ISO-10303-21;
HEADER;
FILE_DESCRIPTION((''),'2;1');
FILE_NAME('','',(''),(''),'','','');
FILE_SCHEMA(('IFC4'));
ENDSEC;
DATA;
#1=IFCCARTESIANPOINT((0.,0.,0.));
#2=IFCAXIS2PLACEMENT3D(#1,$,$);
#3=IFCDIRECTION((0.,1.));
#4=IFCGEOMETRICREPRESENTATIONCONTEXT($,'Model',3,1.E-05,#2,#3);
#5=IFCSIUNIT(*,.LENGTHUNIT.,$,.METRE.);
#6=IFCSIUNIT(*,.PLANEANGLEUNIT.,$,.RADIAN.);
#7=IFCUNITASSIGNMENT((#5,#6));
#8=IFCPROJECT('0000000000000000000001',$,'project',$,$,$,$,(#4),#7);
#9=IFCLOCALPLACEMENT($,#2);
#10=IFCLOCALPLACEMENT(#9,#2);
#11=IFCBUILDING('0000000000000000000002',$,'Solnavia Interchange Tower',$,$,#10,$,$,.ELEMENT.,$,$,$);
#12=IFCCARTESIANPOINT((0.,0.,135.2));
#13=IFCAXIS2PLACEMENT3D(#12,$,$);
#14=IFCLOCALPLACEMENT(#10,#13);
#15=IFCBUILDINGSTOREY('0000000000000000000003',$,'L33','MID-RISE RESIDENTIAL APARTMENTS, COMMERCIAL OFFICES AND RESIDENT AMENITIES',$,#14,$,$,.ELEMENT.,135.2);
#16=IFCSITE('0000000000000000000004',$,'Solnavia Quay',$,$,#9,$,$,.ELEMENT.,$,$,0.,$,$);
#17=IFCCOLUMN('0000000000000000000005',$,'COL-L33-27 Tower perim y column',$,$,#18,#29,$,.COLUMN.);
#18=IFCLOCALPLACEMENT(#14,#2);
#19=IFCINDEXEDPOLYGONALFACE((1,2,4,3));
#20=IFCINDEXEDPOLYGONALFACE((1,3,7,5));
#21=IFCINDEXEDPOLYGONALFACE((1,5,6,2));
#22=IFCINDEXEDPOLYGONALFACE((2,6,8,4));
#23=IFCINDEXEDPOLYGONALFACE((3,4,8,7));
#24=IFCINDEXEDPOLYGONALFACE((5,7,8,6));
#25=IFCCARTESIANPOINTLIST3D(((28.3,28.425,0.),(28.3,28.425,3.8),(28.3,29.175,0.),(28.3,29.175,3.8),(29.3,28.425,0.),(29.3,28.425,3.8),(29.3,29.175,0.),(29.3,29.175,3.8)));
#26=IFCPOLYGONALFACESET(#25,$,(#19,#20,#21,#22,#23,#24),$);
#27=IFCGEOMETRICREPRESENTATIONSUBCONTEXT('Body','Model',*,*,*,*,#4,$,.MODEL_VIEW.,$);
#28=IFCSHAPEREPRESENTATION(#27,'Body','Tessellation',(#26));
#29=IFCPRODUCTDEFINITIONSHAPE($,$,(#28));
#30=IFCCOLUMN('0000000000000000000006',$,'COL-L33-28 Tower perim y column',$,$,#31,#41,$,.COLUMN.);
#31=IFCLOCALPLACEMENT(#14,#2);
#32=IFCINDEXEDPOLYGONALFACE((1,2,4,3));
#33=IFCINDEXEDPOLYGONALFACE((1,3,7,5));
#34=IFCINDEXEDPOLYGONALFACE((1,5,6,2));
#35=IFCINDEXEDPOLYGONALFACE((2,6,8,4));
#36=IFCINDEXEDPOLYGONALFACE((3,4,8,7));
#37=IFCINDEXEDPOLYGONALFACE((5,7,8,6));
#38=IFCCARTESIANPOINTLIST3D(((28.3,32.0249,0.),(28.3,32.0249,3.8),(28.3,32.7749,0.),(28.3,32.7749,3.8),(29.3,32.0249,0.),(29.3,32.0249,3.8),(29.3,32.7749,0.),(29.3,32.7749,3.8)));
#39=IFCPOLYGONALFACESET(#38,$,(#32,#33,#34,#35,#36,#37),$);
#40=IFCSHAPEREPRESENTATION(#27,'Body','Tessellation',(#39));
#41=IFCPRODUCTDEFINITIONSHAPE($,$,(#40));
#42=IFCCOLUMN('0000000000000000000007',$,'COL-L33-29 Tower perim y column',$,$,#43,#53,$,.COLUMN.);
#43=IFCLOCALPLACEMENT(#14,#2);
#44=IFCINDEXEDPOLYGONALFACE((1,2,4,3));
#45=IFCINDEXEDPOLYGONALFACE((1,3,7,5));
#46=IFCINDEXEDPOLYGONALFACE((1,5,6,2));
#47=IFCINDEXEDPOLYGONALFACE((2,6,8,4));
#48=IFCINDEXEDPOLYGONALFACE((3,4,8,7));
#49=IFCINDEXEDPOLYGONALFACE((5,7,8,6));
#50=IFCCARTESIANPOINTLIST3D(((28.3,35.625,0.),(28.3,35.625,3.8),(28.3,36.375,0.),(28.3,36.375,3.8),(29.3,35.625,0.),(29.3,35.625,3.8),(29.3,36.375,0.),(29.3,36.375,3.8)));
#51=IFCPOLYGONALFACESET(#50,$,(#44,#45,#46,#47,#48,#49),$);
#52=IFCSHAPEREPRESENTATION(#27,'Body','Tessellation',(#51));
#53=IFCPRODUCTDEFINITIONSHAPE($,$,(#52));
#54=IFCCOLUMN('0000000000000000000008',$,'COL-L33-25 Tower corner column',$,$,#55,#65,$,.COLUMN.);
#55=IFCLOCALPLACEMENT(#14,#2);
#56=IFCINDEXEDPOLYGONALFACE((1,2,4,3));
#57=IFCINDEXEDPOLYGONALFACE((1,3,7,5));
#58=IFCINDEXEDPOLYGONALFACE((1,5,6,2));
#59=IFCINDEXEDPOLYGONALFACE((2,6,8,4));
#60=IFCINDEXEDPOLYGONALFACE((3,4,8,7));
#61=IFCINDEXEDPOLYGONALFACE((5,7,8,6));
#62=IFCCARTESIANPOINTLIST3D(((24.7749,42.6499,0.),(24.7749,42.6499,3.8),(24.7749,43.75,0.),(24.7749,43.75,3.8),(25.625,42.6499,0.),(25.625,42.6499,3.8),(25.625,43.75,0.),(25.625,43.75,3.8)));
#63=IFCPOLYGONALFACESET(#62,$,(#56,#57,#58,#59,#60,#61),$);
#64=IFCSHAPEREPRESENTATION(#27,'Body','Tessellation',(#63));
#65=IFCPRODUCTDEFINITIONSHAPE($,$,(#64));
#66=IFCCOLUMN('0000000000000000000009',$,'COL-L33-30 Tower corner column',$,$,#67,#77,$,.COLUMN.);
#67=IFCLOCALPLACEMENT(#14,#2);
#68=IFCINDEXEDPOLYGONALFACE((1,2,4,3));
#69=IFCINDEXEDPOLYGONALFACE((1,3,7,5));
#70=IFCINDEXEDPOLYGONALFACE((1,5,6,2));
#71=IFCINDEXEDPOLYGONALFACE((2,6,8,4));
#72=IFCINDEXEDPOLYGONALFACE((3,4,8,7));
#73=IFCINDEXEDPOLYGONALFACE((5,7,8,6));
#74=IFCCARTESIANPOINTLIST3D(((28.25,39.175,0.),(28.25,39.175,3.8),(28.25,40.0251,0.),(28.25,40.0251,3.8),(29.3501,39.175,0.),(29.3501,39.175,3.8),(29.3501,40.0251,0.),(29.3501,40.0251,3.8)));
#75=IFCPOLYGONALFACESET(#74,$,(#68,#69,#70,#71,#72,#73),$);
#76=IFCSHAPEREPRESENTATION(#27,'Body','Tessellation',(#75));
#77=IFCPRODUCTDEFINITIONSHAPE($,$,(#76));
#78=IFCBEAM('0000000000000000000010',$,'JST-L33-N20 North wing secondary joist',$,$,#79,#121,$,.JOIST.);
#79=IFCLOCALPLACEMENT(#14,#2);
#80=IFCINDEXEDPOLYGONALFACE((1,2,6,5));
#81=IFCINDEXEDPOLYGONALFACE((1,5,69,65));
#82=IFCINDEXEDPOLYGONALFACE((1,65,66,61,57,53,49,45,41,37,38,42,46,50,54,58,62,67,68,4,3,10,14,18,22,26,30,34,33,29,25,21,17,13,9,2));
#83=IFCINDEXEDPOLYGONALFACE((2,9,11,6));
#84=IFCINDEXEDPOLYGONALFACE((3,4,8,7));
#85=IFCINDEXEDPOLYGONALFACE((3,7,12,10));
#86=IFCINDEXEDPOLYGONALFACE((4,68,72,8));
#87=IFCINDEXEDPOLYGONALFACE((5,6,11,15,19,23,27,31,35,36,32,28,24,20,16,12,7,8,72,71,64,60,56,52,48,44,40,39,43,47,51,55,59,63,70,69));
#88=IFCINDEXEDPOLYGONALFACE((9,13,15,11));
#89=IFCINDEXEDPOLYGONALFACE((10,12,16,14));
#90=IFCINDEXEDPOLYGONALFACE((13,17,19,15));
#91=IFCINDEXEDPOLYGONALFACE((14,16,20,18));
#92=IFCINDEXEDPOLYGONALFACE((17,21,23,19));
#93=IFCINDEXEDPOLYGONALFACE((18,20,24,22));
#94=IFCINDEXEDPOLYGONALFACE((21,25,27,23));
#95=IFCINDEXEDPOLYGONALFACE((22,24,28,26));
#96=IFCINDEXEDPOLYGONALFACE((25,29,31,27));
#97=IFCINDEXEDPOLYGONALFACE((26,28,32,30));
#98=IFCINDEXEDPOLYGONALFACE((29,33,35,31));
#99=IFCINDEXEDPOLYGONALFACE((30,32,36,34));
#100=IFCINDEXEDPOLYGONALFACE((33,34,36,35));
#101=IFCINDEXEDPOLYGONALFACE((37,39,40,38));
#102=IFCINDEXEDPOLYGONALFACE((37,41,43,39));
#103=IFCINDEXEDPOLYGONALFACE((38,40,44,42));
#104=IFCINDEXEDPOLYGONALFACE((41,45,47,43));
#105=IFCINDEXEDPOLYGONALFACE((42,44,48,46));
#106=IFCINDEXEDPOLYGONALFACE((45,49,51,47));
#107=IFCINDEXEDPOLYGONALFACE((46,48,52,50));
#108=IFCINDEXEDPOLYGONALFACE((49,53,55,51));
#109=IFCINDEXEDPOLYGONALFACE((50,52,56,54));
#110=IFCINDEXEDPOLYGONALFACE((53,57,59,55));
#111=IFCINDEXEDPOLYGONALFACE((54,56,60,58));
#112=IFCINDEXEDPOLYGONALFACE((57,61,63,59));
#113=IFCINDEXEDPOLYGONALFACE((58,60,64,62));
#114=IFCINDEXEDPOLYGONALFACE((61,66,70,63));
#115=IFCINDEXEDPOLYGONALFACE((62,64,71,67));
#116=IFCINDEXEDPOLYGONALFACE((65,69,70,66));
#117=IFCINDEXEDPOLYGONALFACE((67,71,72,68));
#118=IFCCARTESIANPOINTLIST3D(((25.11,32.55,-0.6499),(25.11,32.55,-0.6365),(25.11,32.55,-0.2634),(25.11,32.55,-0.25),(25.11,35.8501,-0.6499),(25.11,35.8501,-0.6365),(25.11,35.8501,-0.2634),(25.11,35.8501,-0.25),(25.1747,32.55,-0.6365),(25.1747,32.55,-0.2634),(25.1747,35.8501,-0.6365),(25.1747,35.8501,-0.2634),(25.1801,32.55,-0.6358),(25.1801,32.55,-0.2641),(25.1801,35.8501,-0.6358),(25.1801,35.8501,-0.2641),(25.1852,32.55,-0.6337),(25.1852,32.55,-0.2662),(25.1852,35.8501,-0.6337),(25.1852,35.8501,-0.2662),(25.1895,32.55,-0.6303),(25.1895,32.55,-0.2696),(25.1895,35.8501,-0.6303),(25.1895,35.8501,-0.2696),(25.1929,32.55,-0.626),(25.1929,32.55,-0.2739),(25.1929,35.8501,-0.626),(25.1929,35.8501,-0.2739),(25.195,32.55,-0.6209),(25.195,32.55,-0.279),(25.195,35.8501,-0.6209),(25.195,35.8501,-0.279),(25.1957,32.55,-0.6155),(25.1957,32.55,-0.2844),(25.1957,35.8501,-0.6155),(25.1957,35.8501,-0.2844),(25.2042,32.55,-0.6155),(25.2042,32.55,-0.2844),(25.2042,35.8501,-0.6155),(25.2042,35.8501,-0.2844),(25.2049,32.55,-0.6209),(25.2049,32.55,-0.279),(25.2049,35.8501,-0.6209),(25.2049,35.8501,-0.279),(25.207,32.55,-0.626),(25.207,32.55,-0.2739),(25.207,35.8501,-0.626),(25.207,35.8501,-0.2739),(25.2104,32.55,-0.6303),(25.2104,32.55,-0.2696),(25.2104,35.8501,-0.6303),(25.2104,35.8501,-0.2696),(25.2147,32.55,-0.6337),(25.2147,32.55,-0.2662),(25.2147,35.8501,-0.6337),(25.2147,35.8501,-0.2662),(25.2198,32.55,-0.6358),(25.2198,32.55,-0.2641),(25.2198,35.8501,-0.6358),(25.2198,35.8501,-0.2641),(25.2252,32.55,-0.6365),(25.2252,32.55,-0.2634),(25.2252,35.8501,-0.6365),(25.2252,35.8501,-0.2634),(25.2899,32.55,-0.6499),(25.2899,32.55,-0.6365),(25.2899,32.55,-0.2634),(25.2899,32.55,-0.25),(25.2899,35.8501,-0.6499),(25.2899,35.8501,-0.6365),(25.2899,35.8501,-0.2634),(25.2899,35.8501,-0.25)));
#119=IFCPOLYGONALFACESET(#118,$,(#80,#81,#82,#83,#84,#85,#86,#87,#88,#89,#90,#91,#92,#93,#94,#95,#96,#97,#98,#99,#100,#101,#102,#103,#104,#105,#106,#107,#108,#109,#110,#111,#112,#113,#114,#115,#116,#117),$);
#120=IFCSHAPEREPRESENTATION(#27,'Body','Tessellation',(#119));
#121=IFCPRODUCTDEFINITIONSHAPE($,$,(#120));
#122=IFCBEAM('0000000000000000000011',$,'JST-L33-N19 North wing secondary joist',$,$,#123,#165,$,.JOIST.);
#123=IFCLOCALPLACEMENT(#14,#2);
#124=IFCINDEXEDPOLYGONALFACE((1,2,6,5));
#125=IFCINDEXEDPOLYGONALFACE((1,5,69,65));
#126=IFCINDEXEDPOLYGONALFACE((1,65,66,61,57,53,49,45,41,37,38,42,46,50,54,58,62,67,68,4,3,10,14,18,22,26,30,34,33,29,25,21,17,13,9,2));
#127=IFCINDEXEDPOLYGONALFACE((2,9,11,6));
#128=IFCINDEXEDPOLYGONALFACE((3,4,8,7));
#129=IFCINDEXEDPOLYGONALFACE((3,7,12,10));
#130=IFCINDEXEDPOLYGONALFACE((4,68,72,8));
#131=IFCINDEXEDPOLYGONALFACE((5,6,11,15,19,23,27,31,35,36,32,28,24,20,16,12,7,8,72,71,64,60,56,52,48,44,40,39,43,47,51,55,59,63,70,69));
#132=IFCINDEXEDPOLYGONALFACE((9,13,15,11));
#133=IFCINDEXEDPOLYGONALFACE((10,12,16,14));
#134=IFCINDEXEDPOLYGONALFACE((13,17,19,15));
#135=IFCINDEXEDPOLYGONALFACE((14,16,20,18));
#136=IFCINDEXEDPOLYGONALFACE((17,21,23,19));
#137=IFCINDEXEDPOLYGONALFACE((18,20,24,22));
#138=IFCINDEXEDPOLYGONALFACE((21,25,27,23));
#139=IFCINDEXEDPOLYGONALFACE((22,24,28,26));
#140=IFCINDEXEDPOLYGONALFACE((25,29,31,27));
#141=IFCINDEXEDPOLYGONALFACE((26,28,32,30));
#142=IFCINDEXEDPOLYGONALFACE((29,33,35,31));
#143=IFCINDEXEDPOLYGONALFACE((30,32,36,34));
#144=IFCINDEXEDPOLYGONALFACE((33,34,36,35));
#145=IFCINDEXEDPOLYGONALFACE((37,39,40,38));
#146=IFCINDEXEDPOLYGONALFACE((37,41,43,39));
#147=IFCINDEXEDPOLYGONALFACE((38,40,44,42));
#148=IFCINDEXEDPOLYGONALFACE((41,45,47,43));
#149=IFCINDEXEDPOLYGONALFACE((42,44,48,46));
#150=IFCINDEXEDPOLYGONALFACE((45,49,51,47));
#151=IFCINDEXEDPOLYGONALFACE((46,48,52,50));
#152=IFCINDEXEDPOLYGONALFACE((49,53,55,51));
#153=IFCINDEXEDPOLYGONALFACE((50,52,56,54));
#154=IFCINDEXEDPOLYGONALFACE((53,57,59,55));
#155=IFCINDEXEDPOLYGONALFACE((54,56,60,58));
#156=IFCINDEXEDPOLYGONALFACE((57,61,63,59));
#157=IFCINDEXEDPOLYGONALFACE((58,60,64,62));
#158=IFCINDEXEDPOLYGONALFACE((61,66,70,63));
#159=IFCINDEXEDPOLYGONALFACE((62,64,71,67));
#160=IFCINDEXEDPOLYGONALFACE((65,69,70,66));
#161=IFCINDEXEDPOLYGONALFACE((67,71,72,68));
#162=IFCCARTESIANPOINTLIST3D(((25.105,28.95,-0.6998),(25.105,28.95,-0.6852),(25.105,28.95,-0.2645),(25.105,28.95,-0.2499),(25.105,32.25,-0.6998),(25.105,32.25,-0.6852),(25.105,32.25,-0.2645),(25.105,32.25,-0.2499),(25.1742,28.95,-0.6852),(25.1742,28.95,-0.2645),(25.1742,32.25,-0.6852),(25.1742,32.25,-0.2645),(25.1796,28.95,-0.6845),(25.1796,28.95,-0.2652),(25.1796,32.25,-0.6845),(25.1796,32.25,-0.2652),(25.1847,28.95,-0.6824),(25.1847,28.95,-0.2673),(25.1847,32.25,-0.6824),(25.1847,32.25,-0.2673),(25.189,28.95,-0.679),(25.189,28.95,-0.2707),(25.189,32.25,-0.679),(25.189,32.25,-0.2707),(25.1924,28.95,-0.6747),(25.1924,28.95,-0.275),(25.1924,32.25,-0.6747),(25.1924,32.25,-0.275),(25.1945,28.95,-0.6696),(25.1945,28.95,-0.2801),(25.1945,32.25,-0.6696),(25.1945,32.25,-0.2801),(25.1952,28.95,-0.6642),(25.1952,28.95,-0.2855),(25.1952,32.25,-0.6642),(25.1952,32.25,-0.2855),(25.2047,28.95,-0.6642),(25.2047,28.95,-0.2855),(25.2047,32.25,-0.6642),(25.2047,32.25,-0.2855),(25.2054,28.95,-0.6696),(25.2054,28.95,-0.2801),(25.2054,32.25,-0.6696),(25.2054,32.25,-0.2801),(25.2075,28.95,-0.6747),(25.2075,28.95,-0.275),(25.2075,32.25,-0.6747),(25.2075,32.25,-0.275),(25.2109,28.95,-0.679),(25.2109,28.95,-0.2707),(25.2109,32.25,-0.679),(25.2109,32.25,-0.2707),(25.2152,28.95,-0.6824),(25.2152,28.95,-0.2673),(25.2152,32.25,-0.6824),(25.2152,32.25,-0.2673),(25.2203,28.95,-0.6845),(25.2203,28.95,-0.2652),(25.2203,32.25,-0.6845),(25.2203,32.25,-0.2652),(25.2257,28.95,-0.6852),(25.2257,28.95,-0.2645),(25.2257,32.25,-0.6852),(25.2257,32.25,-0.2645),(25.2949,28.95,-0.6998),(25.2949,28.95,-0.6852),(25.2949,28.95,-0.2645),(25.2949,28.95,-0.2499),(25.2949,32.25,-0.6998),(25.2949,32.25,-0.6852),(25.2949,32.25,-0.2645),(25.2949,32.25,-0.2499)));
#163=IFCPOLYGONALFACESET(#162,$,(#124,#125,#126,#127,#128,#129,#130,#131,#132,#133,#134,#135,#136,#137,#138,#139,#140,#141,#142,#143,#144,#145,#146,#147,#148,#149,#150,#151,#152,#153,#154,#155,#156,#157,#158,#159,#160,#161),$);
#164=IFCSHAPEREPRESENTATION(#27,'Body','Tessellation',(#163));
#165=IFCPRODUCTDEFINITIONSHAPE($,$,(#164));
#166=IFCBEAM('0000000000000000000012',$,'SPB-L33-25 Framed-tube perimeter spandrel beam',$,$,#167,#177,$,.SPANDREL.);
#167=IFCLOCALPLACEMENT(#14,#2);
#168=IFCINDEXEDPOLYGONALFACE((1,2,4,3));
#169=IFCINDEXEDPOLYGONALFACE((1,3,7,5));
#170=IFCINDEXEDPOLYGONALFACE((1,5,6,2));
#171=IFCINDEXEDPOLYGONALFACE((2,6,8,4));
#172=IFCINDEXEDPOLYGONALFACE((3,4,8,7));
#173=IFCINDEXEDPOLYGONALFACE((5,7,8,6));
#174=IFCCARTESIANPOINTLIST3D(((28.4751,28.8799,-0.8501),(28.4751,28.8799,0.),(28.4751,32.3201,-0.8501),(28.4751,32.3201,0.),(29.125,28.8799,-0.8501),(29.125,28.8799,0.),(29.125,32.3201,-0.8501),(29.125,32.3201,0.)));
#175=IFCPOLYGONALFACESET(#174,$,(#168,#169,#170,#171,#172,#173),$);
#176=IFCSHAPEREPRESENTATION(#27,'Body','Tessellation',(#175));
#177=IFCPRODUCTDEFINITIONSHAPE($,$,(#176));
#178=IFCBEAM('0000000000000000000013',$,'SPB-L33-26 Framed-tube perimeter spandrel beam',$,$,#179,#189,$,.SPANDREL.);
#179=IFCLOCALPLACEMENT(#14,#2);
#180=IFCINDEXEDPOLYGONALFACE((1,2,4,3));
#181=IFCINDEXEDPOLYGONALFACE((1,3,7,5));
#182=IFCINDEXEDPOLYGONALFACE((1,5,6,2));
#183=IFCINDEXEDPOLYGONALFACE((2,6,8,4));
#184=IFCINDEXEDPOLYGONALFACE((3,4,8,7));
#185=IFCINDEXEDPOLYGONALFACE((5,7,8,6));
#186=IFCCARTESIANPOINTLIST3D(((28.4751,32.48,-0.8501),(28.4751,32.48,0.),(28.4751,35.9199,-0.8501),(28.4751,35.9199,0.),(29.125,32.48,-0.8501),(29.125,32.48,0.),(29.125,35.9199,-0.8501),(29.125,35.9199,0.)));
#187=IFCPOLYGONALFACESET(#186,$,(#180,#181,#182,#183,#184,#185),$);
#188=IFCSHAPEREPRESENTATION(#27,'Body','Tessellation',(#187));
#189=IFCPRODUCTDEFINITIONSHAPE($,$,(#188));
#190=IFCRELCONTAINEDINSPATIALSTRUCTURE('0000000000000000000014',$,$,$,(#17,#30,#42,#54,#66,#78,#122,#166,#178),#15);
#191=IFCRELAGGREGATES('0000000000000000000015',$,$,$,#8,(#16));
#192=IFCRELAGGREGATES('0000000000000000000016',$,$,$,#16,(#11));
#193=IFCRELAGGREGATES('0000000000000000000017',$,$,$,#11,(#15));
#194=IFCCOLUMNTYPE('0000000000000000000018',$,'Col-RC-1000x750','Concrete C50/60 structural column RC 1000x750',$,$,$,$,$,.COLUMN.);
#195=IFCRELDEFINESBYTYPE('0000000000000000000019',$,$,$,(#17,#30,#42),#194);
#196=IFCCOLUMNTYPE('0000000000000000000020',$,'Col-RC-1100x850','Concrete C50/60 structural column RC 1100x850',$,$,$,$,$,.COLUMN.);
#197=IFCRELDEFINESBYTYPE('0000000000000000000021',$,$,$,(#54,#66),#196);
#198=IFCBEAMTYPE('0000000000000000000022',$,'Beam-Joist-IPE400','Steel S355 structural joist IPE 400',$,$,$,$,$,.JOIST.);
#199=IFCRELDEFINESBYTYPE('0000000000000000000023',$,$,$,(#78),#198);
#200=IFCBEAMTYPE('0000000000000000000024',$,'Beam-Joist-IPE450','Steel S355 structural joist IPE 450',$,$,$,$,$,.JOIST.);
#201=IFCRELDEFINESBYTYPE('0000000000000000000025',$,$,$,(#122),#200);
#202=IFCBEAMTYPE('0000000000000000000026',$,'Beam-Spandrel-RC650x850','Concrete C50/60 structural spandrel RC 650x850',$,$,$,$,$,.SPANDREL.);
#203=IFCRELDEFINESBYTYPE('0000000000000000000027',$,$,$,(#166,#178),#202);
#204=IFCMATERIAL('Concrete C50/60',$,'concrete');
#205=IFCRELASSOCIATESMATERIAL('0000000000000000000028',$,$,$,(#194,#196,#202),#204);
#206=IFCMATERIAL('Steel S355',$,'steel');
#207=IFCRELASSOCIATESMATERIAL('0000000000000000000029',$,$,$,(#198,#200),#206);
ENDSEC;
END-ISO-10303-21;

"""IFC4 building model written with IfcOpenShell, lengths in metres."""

from ifc_helpers import new_model, si_unit, direction, frame, origin, origin_2d, place, context, subcontext, project, spatial, rectangle, i_section, extrude, material, material_profile, profile_set, type_object, element, save


model = new_model("IFC4")

# Units and contexts
model_context = context("Model", 3, precision=1e-05, world=origin(), true_north=direction((0.0, 1.0)))
body_context = subcontext(model_context, "Body", "Model", "MODEL_VIEW")
ifc_project = project(units=[si_unit("LENGTHUNIT", "METRE"), si_unit("PLANEANGLEUNIT", "RADIAN")], contexts=[model_context])

# Site, building, storey
site_placement = place(None, origin())
site = spatial("IfcSite", under=ifc_project, at=site_placement, Name="Solnavia Quay", CompositionType="ELEMENT", RefElevation=0.0)
building_placement = place(site_placement, origin())
building = spatial("IfcBuilding", under=site, at=building_placement, Name="Solnavia Interchange Tower", CompositionType="ELEMENT")
storey_placement = place(building_placement, frame((0.0, 0.0, 135.2)))
storey = spatial("IfcBuildingStorey", under=building, at=storey_placement, Name="L33", Description="MID-RISE RESIDENTIAL APARTMENTS, COMMERCIAL OFFICES AND RESIDENT AMENITIES", CompositionType="ELEMENT", Elevation=135.2)

# Columns
ifc_material_1 = material(Name="Concrete C50/60", Category="concrete")
ifc_material_profile_1 = material_profile(ifc_material_1, rectangle(XDim=0.75, YDim=1.0, at=origin_2d()), Name="RC 1000x750")
ifc_profile_set_1 = profile_set([ifc_material_profile_1], Name="Concrete C50/60")
column_type_1 = type_object("IfcColumnType", Name="Col-RC-1000x750", Description="Concrete C50/60 structural column RC 1000x750", PredefinedType="COLUMN", material=ifc_profile_set_1)
for number, where, z_axis, x_axis, name in (
    (1, (28.8, 28.8, 0.0), (0.0, 0.0, 1.0), (0.0, 1.0, 0.0), "COL-L33-27 Tower perim y column"),
    (2, (28.8, 32.3999, 0.0), (0.0, 0.0, 1.0), (0.0, 1.0, 0.0), "COL-L33-28 Tower perim y column"),
    (3, (28.8, 36.0, 0.0), (0.0, 0.0, 1.0), (0.0, 1.0, 0.0), "COL-L33-29 Tower perim y column"),
):
    element("IfcColumn", number, at=place(storey_placement, frame(where, z_axis=z_axis, x_axis=x_axis)), inside=storey, type_object=column_type_1, Name=name, PredefinedType="COLUMN", context=body_context, shape_type="SweptSolid", body=[
        extrude(rectangle(XDim=0.75, YDim=1.0, at=origin_2d()), origin(), (0.0, 0.0, 1.0), 3.8),
    ])
ifc_material_profile_2 = material_profile(ifc_material_1, rectangle(XDim=0.8501, YDim=1.1001, at=origin_2d()), Name="RC 1100x850")
ifc_profile_set_2 = profile_set([ifc_material_profile_2], Name="Concrete C50/60")
column_type_2 = type_object("IfcColumnType", Name="Col-RC-1100x850", Description="Concrete C50/60 structural column RC 1100x850", PredefinedType="COLUMN", material=ifc_profile_set_2)
for number, where, z_axis, x_axis, name in (
    (4, (25.2, 43.2, 0.0), (0.0, 0.0, 1.0), (1.0, 0.0, 0.0), "COL-L33-25 Tower corner column"),
    (5, (28.8, 39.6001, 0.0), (0.0, 0.0, 1.0), (0.0, 1.0, 0.0), "COL-L33-30 Tower corner column"),
):
    element("IfcColumn", number, at=place(storey_placement, frame(where, z_axis=z_axis, x_axis=x_axis)), inside=storey, type_object=column_type_2, Name=name, PredefinedType="COLUMN", context=body_context, shape_type="SweptSolid", body=[
        extrude(rectangle(XDim=0.8501, YDim=1.1001, at=origin_2d()), origin(), (0.0, 0.0, 1.0), 3.8),
    ])

# Beams
ifc_material_2 = material(Name="Steel S355", Category="steel")
ifc_material_profile_3 = material_profile(ifc_material_2, i_section(OverallWidth=0.1799, OverallDepth=0.3999, WebThickness=0.0085, FlangeThickness=0.0134, FilletRadius=0.021, at=origin_2d()), Name="IPE 400")
ifc_profile_set_3 = profile_set([ifc_material_profile_3], Name="Steel S355")
beam_type_1 = type_object("IfcBeamType", Name="Beam-Joist-IPE400", Description="Steel S355 structural joist IPE 400", PredefinedType="JOIST", material=ifc_profile_set_3)
beam_1_placement = place(storey_placement, frame((25.2, 32.55, -0.45), z_axis=(0.0, 1.0, 0.0), x_axis=(-1.0, 0.0, 0.0)))
element("IfcBeam", 6, at=beam_1_placement, inside=storey, type_object=beam_type_1, Name="JST-L33-N20 North wing secondary joist", PredefinedType="JOIST", context=body_context, shape_type="SweptSolid", body=[
    extrude(i_section(OverallWidth=0.1799, OverallDepth=0.3999, WebThickness=0.0085, FlangeThickness=0.0134, FilletRadius=0.021, at=origin_2d()), origin(), (0.0, 0.0, 1.0), 3.3),
])
ifc_material_profile_4 = material_profile(ifc_material_2, i_section(OverallWidth=0.1899, OverallDepth=0.45, WebThickness=0.0095, FlangeThickness=0.0146, FilletRadius=0.021, at=origin_2d()), Name="IPE 450")
ifc_profile_set_4 = profile_set([ifc_material_profile_4], Name="Steel S355")
beam_type_2 = type_object("IfcBeamType", Name="Beam-Joist-IPE450", Description="Steel S355 structural joist IPE 450", PredefinedType="JOIST", material=ifc_profile_set_4)
beam_2_placement = place(storey_placement, frame((25.2, 28.95, -0.4749), z_axis=(0.0, 1.0, 0.0), x_axis=(-1.0, 0.0, 0.0)))
element("IfcBeam", 7, at=beam_2_placement, inside=storey, type_object=beam_type_2, Name="JST-L33-N19 North wing secondary joist", PredefinedType="JOIST", context=body_context, shape_type="SweptSolid", body=[
    extrude(i_section(OverallWidth=0.1899, OverallDepth=0.45, WebThickness=0.0095, FlangeThickness=0.0146, FilletRadius=0.021, at=origin_2d()), origin(), (0.0, 0.0, 1.0), 3.3),
])
ifc_material_profile_5 = material_profile(ifc_material_1, rectangle(XDim=0.6499, YDim=0.8501, at=origin_2d()), Name="RC 650x850")
ifc_profile_set_5 = profile_set([ifc_material_profile_5], Name="Concrete C50/60")
beam_type_3 = type_object("IfcBeamType", Name="Beam-Spandrel-RC650x850", Description="Concrete C50/60 structural spandrel RC 650x850", PredefinedType="SPANDREL", material=ifc_profile_set_5)
beam_3_placement = place(storey_placement, frame((28.8, 28.8799, -0.425), z_axis=(0.0, 1.0, 0.0), x_axis=(-1.0, 0.0, 0.0)))
element("IfcBeam", 8, at=beam_3_placement, inside=storey, type_object=beam_type_3, Name="SPB-L33-25 Framed-tube perimeter spandrel beam", PredefinedType="SPANDREL", context=body_context, shape_type="SweptSolid", body=[
    extrude(rectangle(XDim=0.6499, YDim=0.8501, at=origin_2d()), origin(), (0.0, 0.0, 1.0), 3.4402),
])
for number, where, z_axis, x_axis, name in (
    (9, (28.8, 32.48, -0.425), (0.0, 1.0, 0.0), (-1.0, 0.0, 0.0), "SPB-L33-26 Framed-tube perimeter spandrel beam"),
):
    element("IfcBeam", number, at=place(storey_placement, frame(where, z_axis=z_axis, x_axis=x_axis)), inside=storey, type_object=beam_type_3, Name=name, PredefinedType="SPANDREL", context=body_context, shape_type="SweptSolid", body=[
        extrude(rectangle(XDim=0.6499, YDim=0.8501, at=origin_2d()), origin(), (0.0, 0.0, 1.0), 3.4399),
    ])

save(model, "model.ifc")
